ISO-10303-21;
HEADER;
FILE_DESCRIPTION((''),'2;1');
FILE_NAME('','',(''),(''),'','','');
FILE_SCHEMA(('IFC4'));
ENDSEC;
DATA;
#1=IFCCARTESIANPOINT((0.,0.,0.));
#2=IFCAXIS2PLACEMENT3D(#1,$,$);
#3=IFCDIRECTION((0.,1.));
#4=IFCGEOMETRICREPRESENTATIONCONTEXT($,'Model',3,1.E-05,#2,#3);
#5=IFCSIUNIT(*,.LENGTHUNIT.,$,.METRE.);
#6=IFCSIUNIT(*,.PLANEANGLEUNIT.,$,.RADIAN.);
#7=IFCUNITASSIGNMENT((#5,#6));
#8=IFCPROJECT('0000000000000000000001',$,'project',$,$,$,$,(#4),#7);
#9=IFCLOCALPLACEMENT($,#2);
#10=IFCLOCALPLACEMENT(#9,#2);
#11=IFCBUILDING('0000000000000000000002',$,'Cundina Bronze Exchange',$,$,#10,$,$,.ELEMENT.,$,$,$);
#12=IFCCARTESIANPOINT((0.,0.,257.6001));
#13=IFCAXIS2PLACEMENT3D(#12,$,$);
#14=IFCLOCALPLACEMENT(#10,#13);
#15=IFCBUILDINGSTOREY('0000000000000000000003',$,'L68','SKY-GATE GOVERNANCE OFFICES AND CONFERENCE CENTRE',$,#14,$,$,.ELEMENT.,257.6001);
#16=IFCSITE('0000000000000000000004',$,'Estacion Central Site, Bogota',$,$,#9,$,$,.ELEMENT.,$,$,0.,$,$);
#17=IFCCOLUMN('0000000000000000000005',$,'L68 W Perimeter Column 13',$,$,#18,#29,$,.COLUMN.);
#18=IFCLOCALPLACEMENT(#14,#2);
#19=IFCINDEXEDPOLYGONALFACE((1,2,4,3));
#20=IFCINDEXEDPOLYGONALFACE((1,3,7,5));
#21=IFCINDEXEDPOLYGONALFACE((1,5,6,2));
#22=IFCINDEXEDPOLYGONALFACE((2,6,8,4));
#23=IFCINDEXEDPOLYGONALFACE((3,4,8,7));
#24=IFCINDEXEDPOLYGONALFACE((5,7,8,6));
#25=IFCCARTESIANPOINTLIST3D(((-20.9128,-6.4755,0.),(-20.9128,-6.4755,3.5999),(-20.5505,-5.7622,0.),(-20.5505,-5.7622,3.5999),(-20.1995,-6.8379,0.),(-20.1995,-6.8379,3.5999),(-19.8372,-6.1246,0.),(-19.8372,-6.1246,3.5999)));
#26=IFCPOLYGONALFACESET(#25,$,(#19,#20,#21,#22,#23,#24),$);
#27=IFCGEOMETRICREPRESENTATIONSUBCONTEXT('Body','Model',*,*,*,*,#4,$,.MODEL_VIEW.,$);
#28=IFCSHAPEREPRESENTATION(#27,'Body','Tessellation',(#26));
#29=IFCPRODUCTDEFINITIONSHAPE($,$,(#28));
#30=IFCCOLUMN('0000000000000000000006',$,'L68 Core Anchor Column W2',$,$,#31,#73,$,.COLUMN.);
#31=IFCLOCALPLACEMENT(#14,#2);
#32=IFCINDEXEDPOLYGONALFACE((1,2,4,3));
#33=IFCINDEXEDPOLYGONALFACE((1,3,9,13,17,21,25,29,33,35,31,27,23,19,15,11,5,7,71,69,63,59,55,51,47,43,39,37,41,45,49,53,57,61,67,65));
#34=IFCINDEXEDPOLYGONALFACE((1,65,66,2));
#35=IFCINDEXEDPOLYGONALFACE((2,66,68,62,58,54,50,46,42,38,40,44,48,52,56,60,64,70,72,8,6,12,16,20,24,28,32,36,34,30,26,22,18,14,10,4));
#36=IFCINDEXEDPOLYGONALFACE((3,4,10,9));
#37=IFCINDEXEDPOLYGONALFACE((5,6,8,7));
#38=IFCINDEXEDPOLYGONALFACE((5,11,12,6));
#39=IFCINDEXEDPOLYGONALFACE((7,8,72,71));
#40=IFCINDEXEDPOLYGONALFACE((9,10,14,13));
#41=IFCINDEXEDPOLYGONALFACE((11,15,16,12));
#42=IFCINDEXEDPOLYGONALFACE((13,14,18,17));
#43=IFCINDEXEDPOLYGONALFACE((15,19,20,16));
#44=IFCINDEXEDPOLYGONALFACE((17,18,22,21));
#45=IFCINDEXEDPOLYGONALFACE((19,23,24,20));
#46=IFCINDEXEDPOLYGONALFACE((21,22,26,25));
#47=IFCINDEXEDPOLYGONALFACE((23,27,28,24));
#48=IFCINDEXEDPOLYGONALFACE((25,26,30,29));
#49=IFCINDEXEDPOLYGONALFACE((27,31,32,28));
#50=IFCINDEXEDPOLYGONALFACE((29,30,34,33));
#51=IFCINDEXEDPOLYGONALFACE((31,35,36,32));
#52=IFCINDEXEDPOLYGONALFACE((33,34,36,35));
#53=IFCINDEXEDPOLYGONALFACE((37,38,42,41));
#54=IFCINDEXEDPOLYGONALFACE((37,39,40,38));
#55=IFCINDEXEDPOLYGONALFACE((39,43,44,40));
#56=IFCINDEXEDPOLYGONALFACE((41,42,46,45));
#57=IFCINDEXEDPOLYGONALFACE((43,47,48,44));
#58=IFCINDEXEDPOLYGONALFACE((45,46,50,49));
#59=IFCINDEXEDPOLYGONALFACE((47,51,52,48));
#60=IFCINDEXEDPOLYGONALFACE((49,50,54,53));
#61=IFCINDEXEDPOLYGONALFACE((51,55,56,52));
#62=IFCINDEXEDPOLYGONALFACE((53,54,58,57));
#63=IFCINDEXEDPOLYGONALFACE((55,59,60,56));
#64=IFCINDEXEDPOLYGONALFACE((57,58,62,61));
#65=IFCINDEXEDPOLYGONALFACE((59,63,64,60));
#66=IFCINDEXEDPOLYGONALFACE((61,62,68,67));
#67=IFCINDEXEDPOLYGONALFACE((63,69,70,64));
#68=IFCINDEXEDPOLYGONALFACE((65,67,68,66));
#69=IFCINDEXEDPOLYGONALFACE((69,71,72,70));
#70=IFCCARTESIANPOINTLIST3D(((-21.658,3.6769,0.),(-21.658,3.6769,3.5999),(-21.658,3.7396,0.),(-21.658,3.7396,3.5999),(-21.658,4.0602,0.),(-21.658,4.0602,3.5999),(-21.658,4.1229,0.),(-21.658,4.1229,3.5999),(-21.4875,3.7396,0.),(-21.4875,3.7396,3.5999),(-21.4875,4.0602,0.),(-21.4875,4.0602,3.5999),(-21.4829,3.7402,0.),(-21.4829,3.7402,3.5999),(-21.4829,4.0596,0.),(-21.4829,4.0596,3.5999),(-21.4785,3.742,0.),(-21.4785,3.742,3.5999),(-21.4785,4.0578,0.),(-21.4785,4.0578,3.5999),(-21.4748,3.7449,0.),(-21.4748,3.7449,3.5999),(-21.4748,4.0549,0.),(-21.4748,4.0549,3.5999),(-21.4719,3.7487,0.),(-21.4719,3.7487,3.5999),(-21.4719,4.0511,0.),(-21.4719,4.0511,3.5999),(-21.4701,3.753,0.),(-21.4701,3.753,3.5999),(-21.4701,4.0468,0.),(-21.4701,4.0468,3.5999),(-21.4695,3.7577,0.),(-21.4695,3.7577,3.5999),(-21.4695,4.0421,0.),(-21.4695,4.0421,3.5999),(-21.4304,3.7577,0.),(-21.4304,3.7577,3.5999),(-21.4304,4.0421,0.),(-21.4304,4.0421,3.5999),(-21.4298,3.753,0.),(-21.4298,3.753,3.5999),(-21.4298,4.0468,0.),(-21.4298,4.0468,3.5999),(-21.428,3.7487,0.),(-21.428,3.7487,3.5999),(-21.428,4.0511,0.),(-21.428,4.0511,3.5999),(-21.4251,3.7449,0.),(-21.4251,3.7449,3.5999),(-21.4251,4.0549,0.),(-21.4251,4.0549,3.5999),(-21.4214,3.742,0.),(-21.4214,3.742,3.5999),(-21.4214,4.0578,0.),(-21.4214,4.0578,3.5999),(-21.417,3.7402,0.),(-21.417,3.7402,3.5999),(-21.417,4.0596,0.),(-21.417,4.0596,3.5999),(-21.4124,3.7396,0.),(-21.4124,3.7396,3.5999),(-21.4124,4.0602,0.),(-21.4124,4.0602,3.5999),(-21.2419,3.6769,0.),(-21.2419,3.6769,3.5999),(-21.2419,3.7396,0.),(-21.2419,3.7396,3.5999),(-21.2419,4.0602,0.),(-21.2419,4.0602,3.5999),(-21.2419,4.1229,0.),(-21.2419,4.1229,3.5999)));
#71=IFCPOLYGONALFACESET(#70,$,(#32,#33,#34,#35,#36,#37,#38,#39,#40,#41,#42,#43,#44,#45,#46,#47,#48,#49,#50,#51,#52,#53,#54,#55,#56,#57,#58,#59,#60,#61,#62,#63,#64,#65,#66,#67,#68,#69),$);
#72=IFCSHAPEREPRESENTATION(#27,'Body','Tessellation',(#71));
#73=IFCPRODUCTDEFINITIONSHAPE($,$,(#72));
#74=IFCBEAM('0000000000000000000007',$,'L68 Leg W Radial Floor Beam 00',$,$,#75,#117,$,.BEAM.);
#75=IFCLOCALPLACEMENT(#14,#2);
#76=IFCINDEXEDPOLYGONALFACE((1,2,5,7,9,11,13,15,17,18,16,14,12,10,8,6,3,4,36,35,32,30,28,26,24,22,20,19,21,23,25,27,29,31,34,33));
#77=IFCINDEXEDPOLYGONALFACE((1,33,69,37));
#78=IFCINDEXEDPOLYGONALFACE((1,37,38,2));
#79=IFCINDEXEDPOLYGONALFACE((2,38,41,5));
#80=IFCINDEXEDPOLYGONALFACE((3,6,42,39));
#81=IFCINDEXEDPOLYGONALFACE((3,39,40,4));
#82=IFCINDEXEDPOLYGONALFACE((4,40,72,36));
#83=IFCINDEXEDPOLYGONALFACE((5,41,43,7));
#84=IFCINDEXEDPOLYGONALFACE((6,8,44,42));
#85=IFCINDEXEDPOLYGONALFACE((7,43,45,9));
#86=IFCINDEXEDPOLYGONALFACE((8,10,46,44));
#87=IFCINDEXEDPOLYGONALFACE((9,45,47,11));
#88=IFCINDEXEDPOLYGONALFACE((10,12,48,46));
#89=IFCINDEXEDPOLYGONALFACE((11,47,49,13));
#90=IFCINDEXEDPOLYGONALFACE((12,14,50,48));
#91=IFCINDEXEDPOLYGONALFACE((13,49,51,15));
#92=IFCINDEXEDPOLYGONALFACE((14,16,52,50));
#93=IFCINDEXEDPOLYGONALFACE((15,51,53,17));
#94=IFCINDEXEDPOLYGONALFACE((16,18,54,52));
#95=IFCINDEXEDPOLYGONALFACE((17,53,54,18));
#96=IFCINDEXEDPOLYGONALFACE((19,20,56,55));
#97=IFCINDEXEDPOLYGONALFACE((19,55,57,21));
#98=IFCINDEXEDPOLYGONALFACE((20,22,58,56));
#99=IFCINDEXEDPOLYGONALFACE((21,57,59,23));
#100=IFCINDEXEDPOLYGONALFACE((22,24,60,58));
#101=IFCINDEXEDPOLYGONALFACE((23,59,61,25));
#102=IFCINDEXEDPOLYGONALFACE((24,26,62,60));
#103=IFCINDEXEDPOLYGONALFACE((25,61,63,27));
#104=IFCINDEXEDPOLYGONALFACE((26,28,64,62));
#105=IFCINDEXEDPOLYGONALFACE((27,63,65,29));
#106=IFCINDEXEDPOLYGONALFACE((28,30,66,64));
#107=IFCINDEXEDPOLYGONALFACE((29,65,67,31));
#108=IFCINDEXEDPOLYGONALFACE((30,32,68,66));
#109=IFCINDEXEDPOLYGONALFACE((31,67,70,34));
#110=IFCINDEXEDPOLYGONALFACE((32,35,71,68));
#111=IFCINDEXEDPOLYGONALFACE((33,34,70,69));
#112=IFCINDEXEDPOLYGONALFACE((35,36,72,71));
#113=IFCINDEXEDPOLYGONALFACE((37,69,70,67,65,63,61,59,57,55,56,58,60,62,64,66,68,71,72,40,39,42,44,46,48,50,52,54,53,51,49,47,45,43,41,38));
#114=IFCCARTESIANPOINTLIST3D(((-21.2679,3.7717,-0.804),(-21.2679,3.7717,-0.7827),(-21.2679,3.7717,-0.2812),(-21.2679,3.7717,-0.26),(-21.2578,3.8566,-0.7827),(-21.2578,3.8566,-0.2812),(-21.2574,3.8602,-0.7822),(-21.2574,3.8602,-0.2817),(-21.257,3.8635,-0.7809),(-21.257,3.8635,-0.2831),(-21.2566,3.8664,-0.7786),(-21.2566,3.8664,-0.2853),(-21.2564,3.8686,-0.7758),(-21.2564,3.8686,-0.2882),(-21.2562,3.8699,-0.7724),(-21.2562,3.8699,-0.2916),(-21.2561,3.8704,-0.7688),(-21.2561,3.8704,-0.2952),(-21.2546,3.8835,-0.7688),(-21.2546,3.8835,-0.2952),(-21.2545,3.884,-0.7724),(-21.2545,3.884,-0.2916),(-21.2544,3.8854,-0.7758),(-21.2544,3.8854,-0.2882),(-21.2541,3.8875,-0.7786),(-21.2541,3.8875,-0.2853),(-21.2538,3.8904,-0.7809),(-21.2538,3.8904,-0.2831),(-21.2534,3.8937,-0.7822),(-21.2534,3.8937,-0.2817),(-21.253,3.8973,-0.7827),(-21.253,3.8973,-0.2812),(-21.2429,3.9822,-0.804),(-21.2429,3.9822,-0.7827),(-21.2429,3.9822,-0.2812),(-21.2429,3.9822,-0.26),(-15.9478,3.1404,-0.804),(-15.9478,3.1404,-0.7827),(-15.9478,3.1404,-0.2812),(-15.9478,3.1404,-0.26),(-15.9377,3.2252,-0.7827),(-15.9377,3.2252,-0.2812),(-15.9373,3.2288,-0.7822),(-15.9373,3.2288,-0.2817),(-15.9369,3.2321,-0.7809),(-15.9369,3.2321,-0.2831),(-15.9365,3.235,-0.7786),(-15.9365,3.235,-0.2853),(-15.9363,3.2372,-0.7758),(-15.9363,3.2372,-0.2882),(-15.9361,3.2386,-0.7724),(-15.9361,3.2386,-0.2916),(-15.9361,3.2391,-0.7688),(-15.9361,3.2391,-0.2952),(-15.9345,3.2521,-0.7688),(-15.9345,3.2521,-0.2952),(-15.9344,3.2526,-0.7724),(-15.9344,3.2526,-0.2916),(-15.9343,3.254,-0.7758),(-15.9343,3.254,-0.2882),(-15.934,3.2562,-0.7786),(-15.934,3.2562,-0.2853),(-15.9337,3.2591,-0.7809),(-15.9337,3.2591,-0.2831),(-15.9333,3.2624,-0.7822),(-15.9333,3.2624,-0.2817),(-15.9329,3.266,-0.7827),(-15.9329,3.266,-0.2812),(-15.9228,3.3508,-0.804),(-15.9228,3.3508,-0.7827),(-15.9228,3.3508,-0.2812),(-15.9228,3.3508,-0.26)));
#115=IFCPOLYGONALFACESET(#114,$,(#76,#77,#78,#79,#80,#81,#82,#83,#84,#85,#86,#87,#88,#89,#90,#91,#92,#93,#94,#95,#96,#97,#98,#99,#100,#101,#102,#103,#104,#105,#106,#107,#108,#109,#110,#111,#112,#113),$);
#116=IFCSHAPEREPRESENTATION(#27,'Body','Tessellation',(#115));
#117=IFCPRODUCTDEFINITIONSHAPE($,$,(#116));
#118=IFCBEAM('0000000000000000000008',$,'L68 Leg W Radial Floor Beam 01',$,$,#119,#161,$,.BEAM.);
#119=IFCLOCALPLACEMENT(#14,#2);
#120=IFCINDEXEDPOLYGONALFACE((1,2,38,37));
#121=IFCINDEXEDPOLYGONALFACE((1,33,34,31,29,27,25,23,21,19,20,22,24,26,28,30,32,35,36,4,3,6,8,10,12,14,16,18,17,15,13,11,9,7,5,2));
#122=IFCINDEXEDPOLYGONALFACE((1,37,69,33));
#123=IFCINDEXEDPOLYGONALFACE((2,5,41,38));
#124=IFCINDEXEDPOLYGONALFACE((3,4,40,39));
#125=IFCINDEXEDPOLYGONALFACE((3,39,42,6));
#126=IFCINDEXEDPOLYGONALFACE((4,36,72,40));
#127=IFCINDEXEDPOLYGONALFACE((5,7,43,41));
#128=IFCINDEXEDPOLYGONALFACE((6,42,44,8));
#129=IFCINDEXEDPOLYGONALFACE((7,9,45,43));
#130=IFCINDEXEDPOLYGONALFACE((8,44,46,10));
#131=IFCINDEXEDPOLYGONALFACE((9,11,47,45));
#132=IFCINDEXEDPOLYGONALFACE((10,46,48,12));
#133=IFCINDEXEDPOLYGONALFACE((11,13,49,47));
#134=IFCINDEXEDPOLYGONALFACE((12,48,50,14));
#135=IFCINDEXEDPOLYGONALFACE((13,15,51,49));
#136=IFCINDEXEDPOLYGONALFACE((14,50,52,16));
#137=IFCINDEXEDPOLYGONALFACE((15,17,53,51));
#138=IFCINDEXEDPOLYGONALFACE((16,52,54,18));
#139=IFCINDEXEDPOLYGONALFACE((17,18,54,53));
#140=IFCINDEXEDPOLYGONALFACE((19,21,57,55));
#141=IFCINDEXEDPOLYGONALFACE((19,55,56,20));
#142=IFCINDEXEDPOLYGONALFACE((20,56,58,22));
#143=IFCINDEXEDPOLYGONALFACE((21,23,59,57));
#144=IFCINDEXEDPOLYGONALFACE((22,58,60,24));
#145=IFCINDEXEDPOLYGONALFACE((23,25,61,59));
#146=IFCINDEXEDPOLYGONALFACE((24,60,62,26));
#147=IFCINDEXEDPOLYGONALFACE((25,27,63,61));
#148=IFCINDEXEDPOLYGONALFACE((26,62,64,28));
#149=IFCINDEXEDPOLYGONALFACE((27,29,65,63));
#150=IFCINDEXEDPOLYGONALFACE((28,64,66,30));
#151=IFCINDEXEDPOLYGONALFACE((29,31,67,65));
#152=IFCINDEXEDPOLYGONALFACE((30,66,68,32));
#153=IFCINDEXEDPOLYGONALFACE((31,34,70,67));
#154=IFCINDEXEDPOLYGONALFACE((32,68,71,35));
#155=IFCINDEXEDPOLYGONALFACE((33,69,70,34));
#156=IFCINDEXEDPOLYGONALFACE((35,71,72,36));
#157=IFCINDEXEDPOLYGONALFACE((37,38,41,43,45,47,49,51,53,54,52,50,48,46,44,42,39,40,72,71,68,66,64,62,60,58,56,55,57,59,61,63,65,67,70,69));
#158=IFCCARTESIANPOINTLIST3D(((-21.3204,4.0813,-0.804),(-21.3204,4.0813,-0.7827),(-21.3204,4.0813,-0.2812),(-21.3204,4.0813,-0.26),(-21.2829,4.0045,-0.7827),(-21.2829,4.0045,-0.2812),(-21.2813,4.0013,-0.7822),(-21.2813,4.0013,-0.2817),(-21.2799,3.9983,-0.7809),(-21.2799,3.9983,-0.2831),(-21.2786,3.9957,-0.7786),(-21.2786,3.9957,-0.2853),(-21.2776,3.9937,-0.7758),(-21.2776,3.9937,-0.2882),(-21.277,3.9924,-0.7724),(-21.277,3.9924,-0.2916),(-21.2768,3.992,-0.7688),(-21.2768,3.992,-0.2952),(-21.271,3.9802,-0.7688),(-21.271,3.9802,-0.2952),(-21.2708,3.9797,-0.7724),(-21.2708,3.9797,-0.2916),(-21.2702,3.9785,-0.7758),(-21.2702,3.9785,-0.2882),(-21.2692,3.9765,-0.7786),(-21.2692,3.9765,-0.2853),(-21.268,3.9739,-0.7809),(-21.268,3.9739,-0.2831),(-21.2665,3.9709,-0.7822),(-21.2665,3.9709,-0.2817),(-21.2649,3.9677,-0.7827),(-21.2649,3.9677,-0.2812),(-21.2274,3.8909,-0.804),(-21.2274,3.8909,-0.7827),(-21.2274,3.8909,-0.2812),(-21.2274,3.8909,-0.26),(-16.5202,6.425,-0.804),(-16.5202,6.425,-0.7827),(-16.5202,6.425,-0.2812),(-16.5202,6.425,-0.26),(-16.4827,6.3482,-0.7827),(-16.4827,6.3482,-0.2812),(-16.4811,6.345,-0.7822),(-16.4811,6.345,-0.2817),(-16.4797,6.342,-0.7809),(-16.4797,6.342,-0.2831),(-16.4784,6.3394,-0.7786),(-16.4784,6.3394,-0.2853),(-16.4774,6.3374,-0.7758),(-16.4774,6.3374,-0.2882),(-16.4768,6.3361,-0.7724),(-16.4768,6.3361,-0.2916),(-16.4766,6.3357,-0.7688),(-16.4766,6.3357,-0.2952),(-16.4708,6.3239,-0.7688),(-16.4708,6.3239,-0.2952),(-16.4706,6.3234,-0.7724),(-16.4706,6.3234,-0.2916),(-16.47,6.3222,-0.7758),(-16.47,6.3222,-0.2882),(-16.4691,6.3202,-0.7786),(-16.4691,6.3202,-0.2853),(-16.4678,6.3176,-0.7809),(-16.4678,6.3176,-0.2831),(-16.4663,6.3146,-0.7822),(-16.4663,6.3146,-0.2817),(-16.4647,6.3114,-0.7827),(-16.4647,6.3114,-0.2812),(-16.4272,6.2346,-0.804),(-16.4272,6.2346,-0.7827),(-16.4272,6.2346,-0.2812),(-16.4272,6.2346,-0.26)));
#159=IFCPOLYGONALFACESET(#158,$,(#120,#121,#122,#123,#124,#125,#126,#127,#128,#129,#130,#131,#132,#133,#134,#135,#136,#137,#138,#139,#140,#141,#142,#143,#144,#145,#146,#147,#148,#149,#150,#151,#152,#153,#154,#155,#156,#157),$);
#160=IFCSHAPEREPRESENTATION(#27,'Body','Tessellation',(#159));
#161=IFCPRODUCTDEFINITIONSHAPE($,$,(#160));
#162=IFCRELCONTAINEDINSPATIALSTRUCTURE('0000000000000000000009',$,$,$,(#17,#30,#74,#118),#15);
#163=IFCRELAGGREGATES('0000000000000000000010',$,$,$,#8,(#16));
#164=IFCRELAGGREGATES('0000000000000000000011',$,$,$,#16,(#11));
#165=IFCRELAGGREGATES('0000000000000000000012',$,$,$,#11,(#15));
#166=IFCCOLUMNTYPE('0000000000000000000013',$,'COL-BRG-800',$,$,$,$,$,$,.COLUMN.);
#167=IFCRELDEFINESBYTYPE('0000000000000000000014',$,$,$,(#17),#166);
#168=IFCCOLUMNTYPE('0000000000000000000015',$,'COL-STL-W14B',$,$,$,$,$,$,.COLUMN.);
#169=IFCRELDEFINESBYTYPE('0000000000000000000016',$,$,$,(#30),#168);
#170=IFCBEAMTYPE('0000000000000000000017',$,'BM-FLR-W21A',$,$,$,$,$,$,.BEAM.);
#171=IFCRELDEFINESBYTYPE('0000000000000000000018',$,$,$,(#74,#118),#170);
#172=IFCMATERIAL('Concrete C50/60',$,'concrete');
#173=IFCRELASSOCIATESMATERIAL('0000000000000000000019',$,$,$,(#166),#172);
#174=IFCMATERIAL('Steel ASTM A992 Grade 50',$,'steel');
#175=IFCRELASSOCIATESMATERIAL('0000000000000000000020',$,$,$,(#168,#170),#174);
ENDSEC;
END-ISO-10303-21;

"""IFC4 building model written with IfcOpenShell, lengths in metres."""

from ifc_helpers import new_model, si_unit, direction, frame, origin, origin_2d, place, context, subcontext, project, spatial, rectangle, i_section, extrude, material, material_profile, profile_set, type_object, element, save


model = new_model("IFC4")

# Units and contexts
model_context = context("Model", 3, precision=1e-05, world=origin(), true_north=direction((0.0, 1.0)))
body_context = subcontext(model_context, "Body", "Model", "MODEL_VIEW")
ifc_project = project(units=[si_unit("LENGTHUNIT", "METRE"), si_unit("PLANEANGLEUNIT", "RADIAN")], contexts=[model_context])

# Site, building, storey
site_placement = place(None, origin())
site = spatial("IfcSite", under=ifc_project, at=site_placement, Name="Estacion Central Site, Bogota", CompositionType="ELEMENT", RefElevation=0.0)
building_placement = place(site_placement, origin())
building = spatial("IfcBuilding", under=site, at=building_placement, Name="Cundina Bronze Exchange", CompositionType="ELEMENT")
storey_placement = place(building_placement, frame((0.0, 0.0, 257.6001)))
storey = spatial("IfcBuildingStorey", under=building, at=storey_placement, Name="L68", Description="SKY-GATE GOVERNANCE OFFICES AND CONFERENCE CENTRE", CompositionType="ELEMENT", Elevation=257.6001)

# Columns
ifc_material_1 = material(Name="Concrete C50/60", Category="concrete")
ifc_material_profile_1 = material_profile(ifc_material_1, rectangle(XDim=0.8, YDim=0.8, at=origin_2d()), Name="RC800X800", Category="concrete")
ifc_profile_set_1 = profile_set([ifc_material_profile_1], Name="Concrete C50/60")
column_type_1 = type_object("IfcColumnType", Name="COL-BRG-800", PredefinedType="COLUMN", material=ifc_profile_set_1)
column_1_placement = place(storey_placement, frame((-20.375, -6.3, 0.0), z_axis=(0.0, 0.0, 1.0), x_axis=(0.452902, 0.891561, 0.0)))
element("IfcColumn", 1, at=column_1_placement, inside=storey, type_object=column_type_1, Name="L68 W Perimeter Column 13", PredefinedType="COLUMN", context=body_context, shape_type="SweptSolid", body=[
    extrude(rectangle(XDim=0.8, YDim=0.8, at=origin_2d()), origin(), (0.0, 0.0, 1.0), 3.5999),
])
ifc_material_2 = material(Name="Steel ASTM A992 Grade 50", Category="steel")
ifc_material_profile_2 = material_profile(ifc_material_2, i_section(OverallWidth=0.416, OverallDepth=0.446, WebThickness=0.0391, FlangeThickness=0.0627, FilletRadius=0.0181, at=origin_2d()), Name="W14X342", Category="steel")
ifc_profile_set_2 = profile_set([ifc_material_profile_2], Name="Steel ASTM A992 Grade 50")
column_type_2 = type_object("IfcColumnType", Name="COL-STL-W14B", PredefinedType="COLUMN", material=ifc_profile_set_2)
column_2_placement = place(storey_placement, frame((-21.45, 3.8999, 0.0), z_axis=(0.0, 0.0, 1.0), x_axis=(1.0, 0.0, 0.0)))
element("IfcColumn", 2, at=column_2_placement, inside=storey, type_object=column_type_2, Name="L68 Core Anchor Column W2", PredefinedType="COLUMN", context=body_context, shape_type="SweptSolid", body=[
    extrude(i_section(OverallWidth=0.416, OverallDepth=0.446, WebThickness=0.0391, FlangeThickness=0.0627, FilletRadius=0.0181, at=origin_2d()), origin(), (0.0, 0.0, 1.0), 3.5999),
])

# Beams
ifc_material_profile_3 = material_profile(ifc_material_2, i_section(OverallWidth=0.2119, OverallDepth=0.5439, WebThickness=0.0132, FlangeThickness=0.0212, FilletRadius=0.0139, at=origin_2d()), Name="W21X83", Category="steel")
ifc_profile_set_3 = profile_set([ifc_material_profile_3], Name="Steel ASTM A992 Grade 50")
beam_type_1 = type_object("IfcBeamType", Name="BM-FLR-W21A", PredefinedType="BEAM", material=ifc_profile_set_3)
beam_1_placement = place(storey_placement, frame((-21.2554, 3.877, -0.532), z_axis=(0.993032, -0.117846, 0.0), x_axis=(0.117846, 0.993032, 0.0)))
element("IfcBeam", 3, at=beam_1_placement, inside=storey, type_object=beam_type_1, Name="L68 Leg W Radial Floor Beam 00", PredefinedType="BEAM", context=body_context, shape_type="SweptSolid", body=[
    extrude(i_section(OverallWidth=0.2119, OverallDepth=0.5439, WebThickness=0.0132, FlangeThickness=0.0212, FilletRadius=0.0139, at=origin_2d()), origin(), (0.0, 0.0, 1.0), 5.3574),
])
beam_2_placement = place(storey_placement, frame((-21.2739, 3.9861, -0.532), z_axis=(0.89861, 0.438748, 0.0), x_axis=(-0.438748, 0.89861, 0.0)))
element("IfcBeam", 4, at=beam_2_placement, inside=storey, type_object=beam_type_1, Name="L68 Leg W Radial Floor Beam 01", PredefinedType="BEAM", context=body_context, shape_type="SweptSolid", body=[
    extrude(i_section(OverallWidth=0.2119, OverallDepth=0.5439, WebThickness=0.0132, FlangeThickness=0.0212, FilletRadius=0.0139, at=origin_2d()), origin(), (0.0, 0.0, 1.0), 5.3418),
])

save(model, "model.ifc")
